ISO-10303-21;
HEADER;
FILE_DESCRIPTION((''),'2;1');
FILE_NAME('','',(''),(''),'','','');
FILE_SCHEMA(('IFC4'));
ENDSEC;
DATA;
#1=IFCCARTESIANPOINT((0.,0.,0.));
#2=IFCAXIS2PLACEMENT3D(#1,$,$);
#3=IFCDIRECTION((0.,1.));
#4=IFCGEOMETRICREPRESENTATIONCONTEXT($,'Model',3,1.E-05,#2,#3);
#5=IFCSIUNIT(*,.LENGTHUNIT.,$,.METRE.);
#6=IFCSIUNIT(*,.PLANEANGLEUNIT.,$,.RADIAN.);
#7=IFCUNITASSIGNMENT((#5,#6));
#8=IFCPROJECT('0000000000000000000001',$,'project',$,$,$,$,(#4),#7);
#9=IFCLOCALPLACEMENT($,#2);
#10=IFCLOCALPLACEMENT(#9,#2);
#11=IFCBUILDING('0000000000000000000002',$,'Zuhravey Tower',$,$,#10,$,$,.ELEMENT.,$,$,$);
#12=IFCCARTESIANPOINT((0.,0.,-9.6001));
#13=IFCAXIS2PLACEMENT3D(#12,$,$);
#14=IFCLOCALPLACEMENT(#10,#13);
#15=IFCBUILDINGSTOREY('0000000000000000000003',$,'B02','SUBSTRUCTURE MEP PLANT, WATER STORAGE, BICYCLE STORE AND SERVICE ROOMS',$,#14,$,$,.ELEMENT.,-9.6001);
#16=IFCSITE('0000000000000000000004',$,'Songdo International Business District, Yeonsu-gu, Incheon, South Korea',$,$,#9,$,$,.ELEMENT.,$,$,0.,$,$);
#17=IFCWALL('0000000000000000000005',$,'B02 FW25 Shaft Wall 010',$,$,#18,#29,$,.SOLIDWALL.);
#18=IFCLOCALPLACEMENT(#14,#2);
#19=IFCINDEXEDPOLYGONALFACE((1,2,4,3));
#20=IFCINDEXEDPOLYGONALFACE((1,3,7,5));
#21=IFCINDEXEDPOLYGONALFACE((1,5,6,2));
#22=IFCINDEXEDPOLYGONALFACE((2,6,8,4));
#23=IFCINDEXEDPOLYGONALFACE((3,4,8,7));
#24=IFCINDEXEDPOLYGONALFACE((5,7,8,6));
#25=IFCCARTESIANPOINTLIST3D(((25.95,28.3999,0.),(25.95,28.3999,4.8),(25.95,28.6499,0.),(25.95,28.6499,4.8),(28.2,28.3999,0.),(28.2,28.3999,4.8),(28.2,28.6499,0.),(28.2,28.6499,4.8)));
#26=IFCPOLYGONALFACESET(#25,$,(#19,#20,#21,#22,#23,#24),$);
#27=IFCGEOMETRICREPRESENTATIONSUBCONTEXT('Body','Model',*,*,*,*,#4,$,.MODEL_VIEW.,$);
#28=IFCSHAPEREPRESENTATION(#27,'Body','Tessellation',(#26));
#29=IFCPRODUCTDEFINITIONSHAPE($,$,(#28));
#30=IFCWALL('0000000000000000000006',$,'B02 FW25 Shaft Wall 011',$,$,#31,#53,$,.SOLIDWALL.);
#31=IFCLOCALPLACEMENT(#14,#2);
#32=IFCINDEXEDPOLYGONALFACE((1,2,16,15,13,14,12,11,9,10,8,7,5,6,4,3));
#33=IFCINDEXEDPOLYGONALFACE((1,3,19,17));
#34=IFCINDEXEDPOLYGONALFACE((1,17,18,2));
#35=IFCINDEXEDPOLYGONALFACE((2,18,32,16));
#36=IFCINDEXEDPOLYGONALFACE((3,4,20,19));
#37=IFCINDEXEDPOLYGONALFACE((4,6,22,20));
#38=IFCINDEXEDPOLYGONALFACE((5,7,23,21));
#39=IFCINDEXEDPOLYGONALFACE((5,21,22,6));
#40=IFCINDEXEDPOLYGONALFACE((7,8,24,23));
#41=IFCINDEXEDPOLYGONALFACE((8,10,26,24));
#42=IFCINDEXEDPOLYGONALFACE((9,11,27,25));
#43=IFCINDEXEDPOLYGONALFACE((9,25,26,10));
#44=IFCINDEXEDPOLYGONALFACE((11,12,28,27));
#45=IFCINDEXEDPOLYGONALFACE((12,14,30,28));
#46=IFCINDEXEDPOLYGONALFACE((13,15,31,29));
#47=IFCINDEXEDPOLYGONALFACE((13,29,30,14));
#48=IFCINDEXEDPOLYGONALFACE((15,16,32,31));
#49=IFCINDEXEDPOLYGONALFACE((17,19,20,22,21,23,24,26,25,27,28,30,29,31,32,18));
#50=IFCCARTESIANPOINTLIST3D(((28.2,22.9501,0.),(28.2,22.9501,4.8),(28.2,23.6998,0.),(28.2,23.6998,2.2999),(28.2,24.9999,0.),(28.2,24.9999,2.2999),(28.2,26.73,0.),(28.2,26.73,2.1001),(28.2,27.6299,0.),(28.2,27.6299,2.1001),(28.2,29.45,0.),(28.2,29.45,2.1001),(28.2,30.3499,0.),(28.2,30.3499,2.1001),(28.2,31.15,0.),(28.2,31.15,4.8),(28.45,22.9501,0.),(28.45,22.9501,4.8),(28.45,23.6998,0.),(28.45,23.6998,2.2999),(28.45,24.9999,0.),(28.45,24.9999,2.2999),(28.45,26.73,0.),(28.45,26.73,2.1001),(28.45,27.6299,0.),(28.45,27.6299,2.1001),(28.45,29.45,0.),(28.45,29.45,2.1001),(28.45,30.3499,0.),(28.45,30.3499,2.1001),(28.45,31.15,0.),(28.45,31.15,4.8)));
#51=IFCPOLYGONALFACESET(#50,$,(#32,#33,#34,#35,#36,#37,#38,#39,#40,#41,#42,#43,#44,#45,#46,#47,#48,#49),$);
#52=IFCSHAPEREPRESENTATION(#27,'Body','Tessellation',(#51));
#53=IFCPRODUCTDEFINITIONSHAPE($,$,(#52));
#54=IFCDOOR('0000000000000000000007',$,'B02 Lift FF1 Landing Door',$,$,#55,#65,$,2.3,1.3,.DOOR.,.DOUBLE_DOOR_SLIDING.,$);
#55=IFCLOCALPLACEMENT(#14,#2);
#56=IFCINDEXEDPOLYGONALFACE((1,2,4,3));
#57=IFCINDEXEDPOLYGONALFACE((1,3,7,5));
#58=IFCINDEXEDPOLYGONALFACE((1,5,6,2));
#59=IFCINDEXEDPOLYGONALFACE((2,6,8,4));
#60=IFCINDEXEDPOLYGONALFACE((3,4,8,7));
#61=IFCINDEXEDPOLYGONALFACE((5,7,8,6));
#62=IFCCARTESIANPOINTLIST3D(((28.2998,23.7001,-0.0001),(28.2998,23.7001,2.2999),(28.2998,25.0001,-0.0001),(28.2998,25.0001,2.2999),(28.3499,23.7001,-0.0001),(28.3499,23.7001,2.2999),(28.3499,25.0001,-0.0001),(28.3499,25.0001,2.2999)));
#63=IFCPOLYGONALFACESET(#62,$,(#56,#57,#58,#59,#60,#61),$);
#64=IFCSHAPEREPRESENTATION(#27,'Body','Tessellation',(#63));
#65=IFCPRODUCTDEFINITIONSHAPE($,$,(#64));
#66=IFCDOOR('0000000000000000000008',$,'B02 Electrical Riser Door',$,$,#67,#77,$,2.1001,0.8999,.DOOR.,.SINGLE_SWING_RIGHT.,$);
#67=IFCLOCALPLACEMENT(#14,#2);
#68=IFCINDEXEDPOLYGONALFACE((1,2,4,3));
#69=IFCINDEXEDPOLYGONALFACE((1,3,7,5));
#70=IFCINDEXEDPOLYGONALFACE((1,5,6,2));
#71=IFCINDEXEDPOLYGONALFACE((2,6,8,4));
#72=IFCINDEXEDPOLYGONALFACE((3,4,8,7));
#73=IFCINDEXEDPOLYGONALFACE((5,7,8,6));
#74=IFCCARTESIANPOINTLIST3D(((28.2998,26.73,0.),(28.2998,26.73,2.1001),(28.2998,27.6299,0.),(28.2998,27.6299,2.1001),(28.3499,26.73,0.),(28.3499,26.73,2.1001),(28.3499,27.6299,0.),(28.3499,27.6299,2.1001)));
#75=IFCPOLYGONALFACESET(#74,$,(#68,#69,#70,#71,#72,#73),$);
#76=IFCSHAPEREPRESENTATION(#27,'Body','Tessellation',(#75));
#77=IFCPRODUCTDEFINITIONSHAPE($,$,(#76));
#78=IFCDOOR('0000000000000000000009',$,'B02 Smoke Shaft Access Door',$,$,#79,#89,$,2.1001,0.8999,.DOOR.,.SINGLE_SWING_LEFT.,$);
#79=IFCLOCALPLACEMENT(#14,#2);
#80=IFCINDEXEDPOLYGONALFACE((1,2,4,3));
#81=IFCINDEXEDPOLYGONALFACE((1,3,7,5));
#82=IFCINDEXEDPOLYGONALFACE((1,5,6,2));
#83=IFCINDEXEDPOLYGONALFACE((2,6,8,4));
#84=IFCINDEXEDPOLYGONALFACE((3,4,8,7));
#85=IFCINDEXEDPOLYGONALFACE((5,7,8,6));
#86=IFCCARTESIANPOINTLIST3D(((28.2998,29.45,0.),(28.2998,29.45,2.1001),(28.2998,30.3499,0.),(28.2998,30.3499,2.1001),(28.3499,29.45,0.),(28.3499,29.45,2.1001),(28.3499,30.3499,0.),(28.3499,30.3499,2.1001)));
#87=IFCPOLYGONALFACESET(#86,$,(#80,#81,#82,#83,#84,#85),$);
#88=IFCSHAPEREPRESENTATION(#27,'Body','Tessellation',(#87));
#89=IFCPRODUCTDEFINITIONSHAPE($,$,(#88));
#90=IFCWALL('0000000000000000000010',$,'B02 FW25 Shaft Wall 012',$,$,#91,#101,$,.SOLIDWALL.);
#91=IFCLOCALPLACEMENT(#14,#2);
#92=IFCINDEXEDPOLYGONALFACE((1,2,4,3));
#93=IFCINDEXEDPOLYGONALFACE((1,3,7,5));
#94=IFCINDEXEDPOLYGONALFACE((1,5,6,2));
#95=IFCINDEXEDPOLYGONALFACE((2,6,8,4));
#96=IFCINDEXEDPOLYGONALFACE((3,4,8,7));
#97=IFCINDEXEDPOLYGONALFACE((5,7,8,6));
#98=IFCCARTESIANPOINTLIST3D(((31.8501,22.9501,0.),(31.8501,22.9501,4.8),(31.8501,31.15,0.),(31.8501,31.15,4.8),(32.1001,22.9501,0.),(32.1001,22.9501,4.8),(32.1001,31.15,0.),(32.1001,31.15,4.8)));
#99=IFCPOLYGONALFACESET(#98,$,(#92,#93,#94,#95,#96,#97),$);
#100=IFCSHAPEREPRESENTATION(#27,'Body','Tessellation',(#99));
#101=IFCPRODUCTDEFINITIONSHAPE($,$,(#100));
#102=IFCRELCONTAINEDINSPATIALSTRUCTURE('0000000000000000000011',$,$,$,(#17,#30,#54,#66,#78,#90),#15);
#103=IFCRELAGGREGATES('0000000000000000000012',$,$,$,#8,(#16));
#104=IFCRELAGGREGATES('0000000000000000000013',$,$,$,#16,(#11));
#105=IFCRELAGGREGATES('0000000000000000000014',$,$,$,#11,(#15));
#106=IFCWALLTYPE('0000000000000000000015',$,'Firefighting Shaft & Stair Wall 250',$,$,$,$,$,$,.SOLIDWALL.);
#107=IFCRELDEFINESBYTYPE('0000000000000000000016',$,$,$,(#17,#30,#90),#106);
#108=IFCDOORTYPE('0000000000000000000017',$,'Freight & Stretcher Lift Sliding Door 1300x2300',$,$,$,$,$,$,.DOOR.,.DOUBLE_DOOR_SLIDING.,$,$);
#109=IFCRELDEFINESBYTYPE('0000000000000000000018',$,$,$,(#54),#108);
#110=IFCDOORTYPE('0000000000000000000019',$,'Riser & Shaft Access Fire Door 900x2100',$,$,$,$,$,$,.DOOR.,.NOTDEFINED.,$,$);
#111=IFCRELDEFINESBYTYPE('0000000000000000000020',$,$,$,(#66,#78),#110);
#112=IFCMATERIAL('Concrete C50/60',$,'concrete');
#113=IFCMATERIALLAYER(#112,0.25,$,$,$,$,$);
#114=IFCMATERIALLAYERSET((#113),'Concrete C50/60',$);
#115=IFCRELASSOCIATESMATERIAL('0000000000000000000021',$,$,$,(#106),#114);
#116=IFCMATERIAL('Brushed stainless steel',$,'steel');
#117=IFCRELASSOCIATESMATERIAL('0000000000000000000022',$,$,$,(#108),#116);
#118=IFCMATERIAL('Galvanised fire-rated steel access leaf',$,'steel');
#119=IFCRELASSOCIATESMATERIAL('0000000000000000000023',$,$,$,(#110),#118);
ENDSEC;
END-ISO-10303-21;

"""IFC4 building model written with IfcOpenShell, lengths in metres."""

from ifc_helpers import new_model, si_unit, direction, frame, frame_2d, origin, place, context, subcontext, project, spatial, rectangle, extrude, material, layer, layer_set, type_object, element, fill, save


model = new_model("IFC4")

# Units and contexts
model_context = context("Model", 3, precision=1e-05, world=origin(), true_north=direction((0.0, 1.0)))
body_context = subcontext(model_context, "Body", "Model", "MODEL_VIEW")
ifc_project = project(units=[si_unit("LENGTHUNIT", "METRE"), si_unit("PLANEANGLEUNIT", "RADIAN")], contexts=[model_context])

# Site, building, storey
site_placement = place(None, origin())
site = spatial("IfcSite", under=ifc_project, at=site_placement, Name="Songdo International Business District, Yeonsu-gu, Incheon, South Korea", CompositionType="ELEMENT", RefElevation=0.0)
building_placement = place(site_placement, origin())
building = spatial("IfcBuilding", under=site, at=building_placement, Name="Zuhravey Tower", CompositionType="ELEMENT")
storey_placement = place(building_placement, frame((0.0, 0.0, -9.6001)))
storey = spatial("IfcBuildingStorey", under=building, at=storey_placement, Name="B02", Description="SUBSTRUCTURE MEP PLANT, WATER STORAGE, BICYCLE STORE AND SERVICE ROOMS", CompositionType="ELEMENT", Elevation=-9.6001)

# Shared definitions
ifc_material_1 = material(Name="Concrete C50/60", Category="concrete")

# Shared definitions
ifc_layer = layer(ifc_material_1, 0.25)
ifc_layer_set = layer_set([ifc_layer], Name="Concrete C50/60")
wall_type = type_object("IfcWallType", Name="Firefighting Shaft & Stair Wall 250", PredefinedType="SOLIDWALL", material=ifc_layer_set)

# Wall
for number, where, z_axis, x_axis, name in (
    (1, (25.95, 28.5249, 0.0), (0.0, 0.0, 1.0), (1.0, 0.0, 0.0), "B02 FW25 Shaft Wall 010"),
):
    element("IfcWall", number, at=place(storey_placement, frame(where, z_axis=z_axis, x_axis=x_axis)), inside=storey, type_object=wall_type, Name=name, PredefinedType="SOLIDWALL", context=body_context, shape_type="SweptSolid", body=[
        extrude(rectangle(XDim=2.25, YDim=0.25, at=frame_2d((1.125, 0.0))), origin(), (0.0, 0.0, 1.0), 4.8),
    ])

# Wall, openings, doors
wall_1_placement = place(storey_placement, frame((28.325, 22.95, 0.0), z_axis=(0.0, 0.0, 1.0), x_axis=(0.0, 1.0, 0.0)))
wall_1 = element("IfcWall", 2, at=wall_1_placement, inside=storey, type_object=wall_type, Name="B02 FW25 Shaft Wall 011", PredefinedType="SOLIDWALL", context=body_context, shape_type="SweptSolid", body=[
    extrude(rectangle(XDim=8.2, YDim=0.25, at=frame_2d((4.1001, 0.0))), origin(), (0.0, 0.0, 1.0), 4.8),
])
opening_1_placement = place(wall_1_placement, frame((0.75, 0.0, 0.0)))
opening_1 = element("IfcOpeningElement", 3, at=opening_1_placement, cuts=wall_1, PredefinedType="OPENING", context=body_context, shape_type="SweptSolid", body=[
    extrude(rectangle(XDim=1.3, YDim=2.3, at=frame_2d((0.6499, 1.1499))), frame((0.0, 0.137, 0.0), z_axis=(0.0, -1.0, 0.0), x_axis=(1.0, 0.0, 0.0)), (0.0, 0.0, 1.0), 0.2739),
])
opening_2_placement = place(wall_1_placement, frame((3.78, 0.0, 0.0)))
opening_2 = element("IfcOpeningElement", 4, at=opening_2_placement, cuts=wall_1, PredefinedType="OPENING", context=body_context, shape_type="SweptSolid", body=[
    extrude(rectangle(XDim=0.8999, YDim=2.1001, at=frame_2d((0.45, 1.05))), frame((0.0, 0.137, 0.0), z_axis=(0.0, -1.0, 0.0), x_axis=(1.0, 0.0, 0.0)), (0.0, 0.0, 1.0), 0.2739),
])
opening_3_placement = place(wall_1_placement, frame((6.5, 0.0, 0.0)))
opening_3 = element("IfcOpeningElement", 5, at=opening_3_placement, cuts=wall_1, PredefinedType="OPENING", context=body_context, shape_type="SweptSolid", body=[
    extrude(rectangle(XDim=0.8999, YDim=2.1001, at=frame_2d((0.45, 1.05))), frame((0.0, 0.137, 0.0), z_axis=(0.0, -1.0, 0.0), x_axis=(1.0, 0.0, 0.0)), (0.0, 0.0, 1.0), 0.2739),
])
ifc_material_2 = material(Name="Brushed stainless steel", Category="steel")
door_type_1 = type_object("IfcDoorType", Name="Freight & Stretcher Lift Sliding Door 1300x2300", OperationType="DOUBLE_DOOR_SLIDING", PredefinedType="DOOR", material=ifc_material_2)
door_1_placement = place(opening_1_placement, frame((1.3, 0.0, 0.0), z_axis=(0.0, 0.0, 1.0), x_axis=(-1.0, 0.0, 0.0)))
door_1 = element("IfcDoor", 6, at=door_1_placement, inside=storey, type_object=door_type_1, Name="B02 Lift FF1 Landing Door", OperationType="DOUBLE_DOOR_SLIDING", OverallHeight=2.3, OverallWidth=1.3, PredefinedType="DOOR", context=body_context, shape_type="SweptSolid", body=[
    extrude(rectangle(XDim=1.3, YDim=2.3, at=frame_2d((0.6499, 1.1499))), frame((0.0, 0.0249, 0.0), z_axis=(0.0, -1.0, 0.0), x_axis=(1.0, 0.0, 0.0)), (0.0, 0.0, 1.0), 0.05),
])
fill(opening_1, door_1)
ifc_material_3 = material(Name="Galvanised fire-rated steel access leaf", Category="steel")
door_type_2 = type_object("IfcDoorType", Name="Riser & Shaft Access Fire Door 900x2100", OperationType="NOTDEFINED", PredefinedType="DOOR", material=ifc_material_3)
door_2_placement = place(opening_2_placement, frame((0.8999, 0.0, 0.0), z_axis=(0.0, 0.0, 1.0), x_axis=(-1.0, 0.0, 0.0)))
door_2 = element("IfcDoor", 7, at=door_2_placement, inside=storey, type_object=door_type_2, Name="B02 Electrical Riser Door", OperationType="SINGLE_SWING_RIGHT", OverallHeight=2.1001, OverallWidth=0.8999, PredefinedType="DOOR", context=body_context, shape_type="SweptSolid", body=[
    extrude(rectangle(XDim=0.8999, YDim=2.1001, at=frame_2d((0.45, 1.05))), frame((0.0, 0.0249, 0.0), z_axis=(0.0, -1.0, 0.0), x_axis=(1.0, 0.0, 0.0)), (0.0, 0.0, 1.0), 0.05),
])
fill(opening_2, door_2)
door_3_placement = place(opening_3_placement, frame((0.8999, 0.0, 0.0), z_axis=(0.0, 0.0, 1.0), x_axis=(-1.0, 0.0, 0.0)))
door_3 = element("IfcDoor", 8, at=door_3_placement, inside=storey, type_object=door_type_2, Name="B02 Smoke Shaft Access Door", OperationType="SINGLE_SWING_LEFT", OverallHeight=2.1001, OverallWidth=0.8999, PredefinedType="DOOR", context=body_context, shape_type="SweptSolid", body=[
    extrude(rectangle(XDim=0.8999, YDim=2.1001, at=frame_2d((0.45, 1.05))), frame((0.0, 0.0249, 0.0), z_axis=(0.0, -1.0, 0.0), x_axis=(1.0, 0.0, 0.0)), (0.0, 0.0, 1.0), 0.05),
])
fill(opening_3, door_3)

# Wall
wall_2_placement = place(storey_placement, frame((31.9751, 22.95, 0.0), z_axis=(0.0, 0.0, 1.0), x_axis=(0.0, 1.0, 0.0)))
element("IfcWall", 9, at=wall_2_placement, inside=storey, type_object=wall_type, Name="B02 FW25 Shaft Wall 012", PredefinedType="SOLIDWALL", context=body_context, shape_type="SweptSolid", body=[
    extrude(rectangle(XDim=8.2, YDim=0.25, at=frame_2d((4.1001, 0.0))), origin(), (0.0, 0.0, 1.0), 4.8),
])

save(model, "model.ifc")
